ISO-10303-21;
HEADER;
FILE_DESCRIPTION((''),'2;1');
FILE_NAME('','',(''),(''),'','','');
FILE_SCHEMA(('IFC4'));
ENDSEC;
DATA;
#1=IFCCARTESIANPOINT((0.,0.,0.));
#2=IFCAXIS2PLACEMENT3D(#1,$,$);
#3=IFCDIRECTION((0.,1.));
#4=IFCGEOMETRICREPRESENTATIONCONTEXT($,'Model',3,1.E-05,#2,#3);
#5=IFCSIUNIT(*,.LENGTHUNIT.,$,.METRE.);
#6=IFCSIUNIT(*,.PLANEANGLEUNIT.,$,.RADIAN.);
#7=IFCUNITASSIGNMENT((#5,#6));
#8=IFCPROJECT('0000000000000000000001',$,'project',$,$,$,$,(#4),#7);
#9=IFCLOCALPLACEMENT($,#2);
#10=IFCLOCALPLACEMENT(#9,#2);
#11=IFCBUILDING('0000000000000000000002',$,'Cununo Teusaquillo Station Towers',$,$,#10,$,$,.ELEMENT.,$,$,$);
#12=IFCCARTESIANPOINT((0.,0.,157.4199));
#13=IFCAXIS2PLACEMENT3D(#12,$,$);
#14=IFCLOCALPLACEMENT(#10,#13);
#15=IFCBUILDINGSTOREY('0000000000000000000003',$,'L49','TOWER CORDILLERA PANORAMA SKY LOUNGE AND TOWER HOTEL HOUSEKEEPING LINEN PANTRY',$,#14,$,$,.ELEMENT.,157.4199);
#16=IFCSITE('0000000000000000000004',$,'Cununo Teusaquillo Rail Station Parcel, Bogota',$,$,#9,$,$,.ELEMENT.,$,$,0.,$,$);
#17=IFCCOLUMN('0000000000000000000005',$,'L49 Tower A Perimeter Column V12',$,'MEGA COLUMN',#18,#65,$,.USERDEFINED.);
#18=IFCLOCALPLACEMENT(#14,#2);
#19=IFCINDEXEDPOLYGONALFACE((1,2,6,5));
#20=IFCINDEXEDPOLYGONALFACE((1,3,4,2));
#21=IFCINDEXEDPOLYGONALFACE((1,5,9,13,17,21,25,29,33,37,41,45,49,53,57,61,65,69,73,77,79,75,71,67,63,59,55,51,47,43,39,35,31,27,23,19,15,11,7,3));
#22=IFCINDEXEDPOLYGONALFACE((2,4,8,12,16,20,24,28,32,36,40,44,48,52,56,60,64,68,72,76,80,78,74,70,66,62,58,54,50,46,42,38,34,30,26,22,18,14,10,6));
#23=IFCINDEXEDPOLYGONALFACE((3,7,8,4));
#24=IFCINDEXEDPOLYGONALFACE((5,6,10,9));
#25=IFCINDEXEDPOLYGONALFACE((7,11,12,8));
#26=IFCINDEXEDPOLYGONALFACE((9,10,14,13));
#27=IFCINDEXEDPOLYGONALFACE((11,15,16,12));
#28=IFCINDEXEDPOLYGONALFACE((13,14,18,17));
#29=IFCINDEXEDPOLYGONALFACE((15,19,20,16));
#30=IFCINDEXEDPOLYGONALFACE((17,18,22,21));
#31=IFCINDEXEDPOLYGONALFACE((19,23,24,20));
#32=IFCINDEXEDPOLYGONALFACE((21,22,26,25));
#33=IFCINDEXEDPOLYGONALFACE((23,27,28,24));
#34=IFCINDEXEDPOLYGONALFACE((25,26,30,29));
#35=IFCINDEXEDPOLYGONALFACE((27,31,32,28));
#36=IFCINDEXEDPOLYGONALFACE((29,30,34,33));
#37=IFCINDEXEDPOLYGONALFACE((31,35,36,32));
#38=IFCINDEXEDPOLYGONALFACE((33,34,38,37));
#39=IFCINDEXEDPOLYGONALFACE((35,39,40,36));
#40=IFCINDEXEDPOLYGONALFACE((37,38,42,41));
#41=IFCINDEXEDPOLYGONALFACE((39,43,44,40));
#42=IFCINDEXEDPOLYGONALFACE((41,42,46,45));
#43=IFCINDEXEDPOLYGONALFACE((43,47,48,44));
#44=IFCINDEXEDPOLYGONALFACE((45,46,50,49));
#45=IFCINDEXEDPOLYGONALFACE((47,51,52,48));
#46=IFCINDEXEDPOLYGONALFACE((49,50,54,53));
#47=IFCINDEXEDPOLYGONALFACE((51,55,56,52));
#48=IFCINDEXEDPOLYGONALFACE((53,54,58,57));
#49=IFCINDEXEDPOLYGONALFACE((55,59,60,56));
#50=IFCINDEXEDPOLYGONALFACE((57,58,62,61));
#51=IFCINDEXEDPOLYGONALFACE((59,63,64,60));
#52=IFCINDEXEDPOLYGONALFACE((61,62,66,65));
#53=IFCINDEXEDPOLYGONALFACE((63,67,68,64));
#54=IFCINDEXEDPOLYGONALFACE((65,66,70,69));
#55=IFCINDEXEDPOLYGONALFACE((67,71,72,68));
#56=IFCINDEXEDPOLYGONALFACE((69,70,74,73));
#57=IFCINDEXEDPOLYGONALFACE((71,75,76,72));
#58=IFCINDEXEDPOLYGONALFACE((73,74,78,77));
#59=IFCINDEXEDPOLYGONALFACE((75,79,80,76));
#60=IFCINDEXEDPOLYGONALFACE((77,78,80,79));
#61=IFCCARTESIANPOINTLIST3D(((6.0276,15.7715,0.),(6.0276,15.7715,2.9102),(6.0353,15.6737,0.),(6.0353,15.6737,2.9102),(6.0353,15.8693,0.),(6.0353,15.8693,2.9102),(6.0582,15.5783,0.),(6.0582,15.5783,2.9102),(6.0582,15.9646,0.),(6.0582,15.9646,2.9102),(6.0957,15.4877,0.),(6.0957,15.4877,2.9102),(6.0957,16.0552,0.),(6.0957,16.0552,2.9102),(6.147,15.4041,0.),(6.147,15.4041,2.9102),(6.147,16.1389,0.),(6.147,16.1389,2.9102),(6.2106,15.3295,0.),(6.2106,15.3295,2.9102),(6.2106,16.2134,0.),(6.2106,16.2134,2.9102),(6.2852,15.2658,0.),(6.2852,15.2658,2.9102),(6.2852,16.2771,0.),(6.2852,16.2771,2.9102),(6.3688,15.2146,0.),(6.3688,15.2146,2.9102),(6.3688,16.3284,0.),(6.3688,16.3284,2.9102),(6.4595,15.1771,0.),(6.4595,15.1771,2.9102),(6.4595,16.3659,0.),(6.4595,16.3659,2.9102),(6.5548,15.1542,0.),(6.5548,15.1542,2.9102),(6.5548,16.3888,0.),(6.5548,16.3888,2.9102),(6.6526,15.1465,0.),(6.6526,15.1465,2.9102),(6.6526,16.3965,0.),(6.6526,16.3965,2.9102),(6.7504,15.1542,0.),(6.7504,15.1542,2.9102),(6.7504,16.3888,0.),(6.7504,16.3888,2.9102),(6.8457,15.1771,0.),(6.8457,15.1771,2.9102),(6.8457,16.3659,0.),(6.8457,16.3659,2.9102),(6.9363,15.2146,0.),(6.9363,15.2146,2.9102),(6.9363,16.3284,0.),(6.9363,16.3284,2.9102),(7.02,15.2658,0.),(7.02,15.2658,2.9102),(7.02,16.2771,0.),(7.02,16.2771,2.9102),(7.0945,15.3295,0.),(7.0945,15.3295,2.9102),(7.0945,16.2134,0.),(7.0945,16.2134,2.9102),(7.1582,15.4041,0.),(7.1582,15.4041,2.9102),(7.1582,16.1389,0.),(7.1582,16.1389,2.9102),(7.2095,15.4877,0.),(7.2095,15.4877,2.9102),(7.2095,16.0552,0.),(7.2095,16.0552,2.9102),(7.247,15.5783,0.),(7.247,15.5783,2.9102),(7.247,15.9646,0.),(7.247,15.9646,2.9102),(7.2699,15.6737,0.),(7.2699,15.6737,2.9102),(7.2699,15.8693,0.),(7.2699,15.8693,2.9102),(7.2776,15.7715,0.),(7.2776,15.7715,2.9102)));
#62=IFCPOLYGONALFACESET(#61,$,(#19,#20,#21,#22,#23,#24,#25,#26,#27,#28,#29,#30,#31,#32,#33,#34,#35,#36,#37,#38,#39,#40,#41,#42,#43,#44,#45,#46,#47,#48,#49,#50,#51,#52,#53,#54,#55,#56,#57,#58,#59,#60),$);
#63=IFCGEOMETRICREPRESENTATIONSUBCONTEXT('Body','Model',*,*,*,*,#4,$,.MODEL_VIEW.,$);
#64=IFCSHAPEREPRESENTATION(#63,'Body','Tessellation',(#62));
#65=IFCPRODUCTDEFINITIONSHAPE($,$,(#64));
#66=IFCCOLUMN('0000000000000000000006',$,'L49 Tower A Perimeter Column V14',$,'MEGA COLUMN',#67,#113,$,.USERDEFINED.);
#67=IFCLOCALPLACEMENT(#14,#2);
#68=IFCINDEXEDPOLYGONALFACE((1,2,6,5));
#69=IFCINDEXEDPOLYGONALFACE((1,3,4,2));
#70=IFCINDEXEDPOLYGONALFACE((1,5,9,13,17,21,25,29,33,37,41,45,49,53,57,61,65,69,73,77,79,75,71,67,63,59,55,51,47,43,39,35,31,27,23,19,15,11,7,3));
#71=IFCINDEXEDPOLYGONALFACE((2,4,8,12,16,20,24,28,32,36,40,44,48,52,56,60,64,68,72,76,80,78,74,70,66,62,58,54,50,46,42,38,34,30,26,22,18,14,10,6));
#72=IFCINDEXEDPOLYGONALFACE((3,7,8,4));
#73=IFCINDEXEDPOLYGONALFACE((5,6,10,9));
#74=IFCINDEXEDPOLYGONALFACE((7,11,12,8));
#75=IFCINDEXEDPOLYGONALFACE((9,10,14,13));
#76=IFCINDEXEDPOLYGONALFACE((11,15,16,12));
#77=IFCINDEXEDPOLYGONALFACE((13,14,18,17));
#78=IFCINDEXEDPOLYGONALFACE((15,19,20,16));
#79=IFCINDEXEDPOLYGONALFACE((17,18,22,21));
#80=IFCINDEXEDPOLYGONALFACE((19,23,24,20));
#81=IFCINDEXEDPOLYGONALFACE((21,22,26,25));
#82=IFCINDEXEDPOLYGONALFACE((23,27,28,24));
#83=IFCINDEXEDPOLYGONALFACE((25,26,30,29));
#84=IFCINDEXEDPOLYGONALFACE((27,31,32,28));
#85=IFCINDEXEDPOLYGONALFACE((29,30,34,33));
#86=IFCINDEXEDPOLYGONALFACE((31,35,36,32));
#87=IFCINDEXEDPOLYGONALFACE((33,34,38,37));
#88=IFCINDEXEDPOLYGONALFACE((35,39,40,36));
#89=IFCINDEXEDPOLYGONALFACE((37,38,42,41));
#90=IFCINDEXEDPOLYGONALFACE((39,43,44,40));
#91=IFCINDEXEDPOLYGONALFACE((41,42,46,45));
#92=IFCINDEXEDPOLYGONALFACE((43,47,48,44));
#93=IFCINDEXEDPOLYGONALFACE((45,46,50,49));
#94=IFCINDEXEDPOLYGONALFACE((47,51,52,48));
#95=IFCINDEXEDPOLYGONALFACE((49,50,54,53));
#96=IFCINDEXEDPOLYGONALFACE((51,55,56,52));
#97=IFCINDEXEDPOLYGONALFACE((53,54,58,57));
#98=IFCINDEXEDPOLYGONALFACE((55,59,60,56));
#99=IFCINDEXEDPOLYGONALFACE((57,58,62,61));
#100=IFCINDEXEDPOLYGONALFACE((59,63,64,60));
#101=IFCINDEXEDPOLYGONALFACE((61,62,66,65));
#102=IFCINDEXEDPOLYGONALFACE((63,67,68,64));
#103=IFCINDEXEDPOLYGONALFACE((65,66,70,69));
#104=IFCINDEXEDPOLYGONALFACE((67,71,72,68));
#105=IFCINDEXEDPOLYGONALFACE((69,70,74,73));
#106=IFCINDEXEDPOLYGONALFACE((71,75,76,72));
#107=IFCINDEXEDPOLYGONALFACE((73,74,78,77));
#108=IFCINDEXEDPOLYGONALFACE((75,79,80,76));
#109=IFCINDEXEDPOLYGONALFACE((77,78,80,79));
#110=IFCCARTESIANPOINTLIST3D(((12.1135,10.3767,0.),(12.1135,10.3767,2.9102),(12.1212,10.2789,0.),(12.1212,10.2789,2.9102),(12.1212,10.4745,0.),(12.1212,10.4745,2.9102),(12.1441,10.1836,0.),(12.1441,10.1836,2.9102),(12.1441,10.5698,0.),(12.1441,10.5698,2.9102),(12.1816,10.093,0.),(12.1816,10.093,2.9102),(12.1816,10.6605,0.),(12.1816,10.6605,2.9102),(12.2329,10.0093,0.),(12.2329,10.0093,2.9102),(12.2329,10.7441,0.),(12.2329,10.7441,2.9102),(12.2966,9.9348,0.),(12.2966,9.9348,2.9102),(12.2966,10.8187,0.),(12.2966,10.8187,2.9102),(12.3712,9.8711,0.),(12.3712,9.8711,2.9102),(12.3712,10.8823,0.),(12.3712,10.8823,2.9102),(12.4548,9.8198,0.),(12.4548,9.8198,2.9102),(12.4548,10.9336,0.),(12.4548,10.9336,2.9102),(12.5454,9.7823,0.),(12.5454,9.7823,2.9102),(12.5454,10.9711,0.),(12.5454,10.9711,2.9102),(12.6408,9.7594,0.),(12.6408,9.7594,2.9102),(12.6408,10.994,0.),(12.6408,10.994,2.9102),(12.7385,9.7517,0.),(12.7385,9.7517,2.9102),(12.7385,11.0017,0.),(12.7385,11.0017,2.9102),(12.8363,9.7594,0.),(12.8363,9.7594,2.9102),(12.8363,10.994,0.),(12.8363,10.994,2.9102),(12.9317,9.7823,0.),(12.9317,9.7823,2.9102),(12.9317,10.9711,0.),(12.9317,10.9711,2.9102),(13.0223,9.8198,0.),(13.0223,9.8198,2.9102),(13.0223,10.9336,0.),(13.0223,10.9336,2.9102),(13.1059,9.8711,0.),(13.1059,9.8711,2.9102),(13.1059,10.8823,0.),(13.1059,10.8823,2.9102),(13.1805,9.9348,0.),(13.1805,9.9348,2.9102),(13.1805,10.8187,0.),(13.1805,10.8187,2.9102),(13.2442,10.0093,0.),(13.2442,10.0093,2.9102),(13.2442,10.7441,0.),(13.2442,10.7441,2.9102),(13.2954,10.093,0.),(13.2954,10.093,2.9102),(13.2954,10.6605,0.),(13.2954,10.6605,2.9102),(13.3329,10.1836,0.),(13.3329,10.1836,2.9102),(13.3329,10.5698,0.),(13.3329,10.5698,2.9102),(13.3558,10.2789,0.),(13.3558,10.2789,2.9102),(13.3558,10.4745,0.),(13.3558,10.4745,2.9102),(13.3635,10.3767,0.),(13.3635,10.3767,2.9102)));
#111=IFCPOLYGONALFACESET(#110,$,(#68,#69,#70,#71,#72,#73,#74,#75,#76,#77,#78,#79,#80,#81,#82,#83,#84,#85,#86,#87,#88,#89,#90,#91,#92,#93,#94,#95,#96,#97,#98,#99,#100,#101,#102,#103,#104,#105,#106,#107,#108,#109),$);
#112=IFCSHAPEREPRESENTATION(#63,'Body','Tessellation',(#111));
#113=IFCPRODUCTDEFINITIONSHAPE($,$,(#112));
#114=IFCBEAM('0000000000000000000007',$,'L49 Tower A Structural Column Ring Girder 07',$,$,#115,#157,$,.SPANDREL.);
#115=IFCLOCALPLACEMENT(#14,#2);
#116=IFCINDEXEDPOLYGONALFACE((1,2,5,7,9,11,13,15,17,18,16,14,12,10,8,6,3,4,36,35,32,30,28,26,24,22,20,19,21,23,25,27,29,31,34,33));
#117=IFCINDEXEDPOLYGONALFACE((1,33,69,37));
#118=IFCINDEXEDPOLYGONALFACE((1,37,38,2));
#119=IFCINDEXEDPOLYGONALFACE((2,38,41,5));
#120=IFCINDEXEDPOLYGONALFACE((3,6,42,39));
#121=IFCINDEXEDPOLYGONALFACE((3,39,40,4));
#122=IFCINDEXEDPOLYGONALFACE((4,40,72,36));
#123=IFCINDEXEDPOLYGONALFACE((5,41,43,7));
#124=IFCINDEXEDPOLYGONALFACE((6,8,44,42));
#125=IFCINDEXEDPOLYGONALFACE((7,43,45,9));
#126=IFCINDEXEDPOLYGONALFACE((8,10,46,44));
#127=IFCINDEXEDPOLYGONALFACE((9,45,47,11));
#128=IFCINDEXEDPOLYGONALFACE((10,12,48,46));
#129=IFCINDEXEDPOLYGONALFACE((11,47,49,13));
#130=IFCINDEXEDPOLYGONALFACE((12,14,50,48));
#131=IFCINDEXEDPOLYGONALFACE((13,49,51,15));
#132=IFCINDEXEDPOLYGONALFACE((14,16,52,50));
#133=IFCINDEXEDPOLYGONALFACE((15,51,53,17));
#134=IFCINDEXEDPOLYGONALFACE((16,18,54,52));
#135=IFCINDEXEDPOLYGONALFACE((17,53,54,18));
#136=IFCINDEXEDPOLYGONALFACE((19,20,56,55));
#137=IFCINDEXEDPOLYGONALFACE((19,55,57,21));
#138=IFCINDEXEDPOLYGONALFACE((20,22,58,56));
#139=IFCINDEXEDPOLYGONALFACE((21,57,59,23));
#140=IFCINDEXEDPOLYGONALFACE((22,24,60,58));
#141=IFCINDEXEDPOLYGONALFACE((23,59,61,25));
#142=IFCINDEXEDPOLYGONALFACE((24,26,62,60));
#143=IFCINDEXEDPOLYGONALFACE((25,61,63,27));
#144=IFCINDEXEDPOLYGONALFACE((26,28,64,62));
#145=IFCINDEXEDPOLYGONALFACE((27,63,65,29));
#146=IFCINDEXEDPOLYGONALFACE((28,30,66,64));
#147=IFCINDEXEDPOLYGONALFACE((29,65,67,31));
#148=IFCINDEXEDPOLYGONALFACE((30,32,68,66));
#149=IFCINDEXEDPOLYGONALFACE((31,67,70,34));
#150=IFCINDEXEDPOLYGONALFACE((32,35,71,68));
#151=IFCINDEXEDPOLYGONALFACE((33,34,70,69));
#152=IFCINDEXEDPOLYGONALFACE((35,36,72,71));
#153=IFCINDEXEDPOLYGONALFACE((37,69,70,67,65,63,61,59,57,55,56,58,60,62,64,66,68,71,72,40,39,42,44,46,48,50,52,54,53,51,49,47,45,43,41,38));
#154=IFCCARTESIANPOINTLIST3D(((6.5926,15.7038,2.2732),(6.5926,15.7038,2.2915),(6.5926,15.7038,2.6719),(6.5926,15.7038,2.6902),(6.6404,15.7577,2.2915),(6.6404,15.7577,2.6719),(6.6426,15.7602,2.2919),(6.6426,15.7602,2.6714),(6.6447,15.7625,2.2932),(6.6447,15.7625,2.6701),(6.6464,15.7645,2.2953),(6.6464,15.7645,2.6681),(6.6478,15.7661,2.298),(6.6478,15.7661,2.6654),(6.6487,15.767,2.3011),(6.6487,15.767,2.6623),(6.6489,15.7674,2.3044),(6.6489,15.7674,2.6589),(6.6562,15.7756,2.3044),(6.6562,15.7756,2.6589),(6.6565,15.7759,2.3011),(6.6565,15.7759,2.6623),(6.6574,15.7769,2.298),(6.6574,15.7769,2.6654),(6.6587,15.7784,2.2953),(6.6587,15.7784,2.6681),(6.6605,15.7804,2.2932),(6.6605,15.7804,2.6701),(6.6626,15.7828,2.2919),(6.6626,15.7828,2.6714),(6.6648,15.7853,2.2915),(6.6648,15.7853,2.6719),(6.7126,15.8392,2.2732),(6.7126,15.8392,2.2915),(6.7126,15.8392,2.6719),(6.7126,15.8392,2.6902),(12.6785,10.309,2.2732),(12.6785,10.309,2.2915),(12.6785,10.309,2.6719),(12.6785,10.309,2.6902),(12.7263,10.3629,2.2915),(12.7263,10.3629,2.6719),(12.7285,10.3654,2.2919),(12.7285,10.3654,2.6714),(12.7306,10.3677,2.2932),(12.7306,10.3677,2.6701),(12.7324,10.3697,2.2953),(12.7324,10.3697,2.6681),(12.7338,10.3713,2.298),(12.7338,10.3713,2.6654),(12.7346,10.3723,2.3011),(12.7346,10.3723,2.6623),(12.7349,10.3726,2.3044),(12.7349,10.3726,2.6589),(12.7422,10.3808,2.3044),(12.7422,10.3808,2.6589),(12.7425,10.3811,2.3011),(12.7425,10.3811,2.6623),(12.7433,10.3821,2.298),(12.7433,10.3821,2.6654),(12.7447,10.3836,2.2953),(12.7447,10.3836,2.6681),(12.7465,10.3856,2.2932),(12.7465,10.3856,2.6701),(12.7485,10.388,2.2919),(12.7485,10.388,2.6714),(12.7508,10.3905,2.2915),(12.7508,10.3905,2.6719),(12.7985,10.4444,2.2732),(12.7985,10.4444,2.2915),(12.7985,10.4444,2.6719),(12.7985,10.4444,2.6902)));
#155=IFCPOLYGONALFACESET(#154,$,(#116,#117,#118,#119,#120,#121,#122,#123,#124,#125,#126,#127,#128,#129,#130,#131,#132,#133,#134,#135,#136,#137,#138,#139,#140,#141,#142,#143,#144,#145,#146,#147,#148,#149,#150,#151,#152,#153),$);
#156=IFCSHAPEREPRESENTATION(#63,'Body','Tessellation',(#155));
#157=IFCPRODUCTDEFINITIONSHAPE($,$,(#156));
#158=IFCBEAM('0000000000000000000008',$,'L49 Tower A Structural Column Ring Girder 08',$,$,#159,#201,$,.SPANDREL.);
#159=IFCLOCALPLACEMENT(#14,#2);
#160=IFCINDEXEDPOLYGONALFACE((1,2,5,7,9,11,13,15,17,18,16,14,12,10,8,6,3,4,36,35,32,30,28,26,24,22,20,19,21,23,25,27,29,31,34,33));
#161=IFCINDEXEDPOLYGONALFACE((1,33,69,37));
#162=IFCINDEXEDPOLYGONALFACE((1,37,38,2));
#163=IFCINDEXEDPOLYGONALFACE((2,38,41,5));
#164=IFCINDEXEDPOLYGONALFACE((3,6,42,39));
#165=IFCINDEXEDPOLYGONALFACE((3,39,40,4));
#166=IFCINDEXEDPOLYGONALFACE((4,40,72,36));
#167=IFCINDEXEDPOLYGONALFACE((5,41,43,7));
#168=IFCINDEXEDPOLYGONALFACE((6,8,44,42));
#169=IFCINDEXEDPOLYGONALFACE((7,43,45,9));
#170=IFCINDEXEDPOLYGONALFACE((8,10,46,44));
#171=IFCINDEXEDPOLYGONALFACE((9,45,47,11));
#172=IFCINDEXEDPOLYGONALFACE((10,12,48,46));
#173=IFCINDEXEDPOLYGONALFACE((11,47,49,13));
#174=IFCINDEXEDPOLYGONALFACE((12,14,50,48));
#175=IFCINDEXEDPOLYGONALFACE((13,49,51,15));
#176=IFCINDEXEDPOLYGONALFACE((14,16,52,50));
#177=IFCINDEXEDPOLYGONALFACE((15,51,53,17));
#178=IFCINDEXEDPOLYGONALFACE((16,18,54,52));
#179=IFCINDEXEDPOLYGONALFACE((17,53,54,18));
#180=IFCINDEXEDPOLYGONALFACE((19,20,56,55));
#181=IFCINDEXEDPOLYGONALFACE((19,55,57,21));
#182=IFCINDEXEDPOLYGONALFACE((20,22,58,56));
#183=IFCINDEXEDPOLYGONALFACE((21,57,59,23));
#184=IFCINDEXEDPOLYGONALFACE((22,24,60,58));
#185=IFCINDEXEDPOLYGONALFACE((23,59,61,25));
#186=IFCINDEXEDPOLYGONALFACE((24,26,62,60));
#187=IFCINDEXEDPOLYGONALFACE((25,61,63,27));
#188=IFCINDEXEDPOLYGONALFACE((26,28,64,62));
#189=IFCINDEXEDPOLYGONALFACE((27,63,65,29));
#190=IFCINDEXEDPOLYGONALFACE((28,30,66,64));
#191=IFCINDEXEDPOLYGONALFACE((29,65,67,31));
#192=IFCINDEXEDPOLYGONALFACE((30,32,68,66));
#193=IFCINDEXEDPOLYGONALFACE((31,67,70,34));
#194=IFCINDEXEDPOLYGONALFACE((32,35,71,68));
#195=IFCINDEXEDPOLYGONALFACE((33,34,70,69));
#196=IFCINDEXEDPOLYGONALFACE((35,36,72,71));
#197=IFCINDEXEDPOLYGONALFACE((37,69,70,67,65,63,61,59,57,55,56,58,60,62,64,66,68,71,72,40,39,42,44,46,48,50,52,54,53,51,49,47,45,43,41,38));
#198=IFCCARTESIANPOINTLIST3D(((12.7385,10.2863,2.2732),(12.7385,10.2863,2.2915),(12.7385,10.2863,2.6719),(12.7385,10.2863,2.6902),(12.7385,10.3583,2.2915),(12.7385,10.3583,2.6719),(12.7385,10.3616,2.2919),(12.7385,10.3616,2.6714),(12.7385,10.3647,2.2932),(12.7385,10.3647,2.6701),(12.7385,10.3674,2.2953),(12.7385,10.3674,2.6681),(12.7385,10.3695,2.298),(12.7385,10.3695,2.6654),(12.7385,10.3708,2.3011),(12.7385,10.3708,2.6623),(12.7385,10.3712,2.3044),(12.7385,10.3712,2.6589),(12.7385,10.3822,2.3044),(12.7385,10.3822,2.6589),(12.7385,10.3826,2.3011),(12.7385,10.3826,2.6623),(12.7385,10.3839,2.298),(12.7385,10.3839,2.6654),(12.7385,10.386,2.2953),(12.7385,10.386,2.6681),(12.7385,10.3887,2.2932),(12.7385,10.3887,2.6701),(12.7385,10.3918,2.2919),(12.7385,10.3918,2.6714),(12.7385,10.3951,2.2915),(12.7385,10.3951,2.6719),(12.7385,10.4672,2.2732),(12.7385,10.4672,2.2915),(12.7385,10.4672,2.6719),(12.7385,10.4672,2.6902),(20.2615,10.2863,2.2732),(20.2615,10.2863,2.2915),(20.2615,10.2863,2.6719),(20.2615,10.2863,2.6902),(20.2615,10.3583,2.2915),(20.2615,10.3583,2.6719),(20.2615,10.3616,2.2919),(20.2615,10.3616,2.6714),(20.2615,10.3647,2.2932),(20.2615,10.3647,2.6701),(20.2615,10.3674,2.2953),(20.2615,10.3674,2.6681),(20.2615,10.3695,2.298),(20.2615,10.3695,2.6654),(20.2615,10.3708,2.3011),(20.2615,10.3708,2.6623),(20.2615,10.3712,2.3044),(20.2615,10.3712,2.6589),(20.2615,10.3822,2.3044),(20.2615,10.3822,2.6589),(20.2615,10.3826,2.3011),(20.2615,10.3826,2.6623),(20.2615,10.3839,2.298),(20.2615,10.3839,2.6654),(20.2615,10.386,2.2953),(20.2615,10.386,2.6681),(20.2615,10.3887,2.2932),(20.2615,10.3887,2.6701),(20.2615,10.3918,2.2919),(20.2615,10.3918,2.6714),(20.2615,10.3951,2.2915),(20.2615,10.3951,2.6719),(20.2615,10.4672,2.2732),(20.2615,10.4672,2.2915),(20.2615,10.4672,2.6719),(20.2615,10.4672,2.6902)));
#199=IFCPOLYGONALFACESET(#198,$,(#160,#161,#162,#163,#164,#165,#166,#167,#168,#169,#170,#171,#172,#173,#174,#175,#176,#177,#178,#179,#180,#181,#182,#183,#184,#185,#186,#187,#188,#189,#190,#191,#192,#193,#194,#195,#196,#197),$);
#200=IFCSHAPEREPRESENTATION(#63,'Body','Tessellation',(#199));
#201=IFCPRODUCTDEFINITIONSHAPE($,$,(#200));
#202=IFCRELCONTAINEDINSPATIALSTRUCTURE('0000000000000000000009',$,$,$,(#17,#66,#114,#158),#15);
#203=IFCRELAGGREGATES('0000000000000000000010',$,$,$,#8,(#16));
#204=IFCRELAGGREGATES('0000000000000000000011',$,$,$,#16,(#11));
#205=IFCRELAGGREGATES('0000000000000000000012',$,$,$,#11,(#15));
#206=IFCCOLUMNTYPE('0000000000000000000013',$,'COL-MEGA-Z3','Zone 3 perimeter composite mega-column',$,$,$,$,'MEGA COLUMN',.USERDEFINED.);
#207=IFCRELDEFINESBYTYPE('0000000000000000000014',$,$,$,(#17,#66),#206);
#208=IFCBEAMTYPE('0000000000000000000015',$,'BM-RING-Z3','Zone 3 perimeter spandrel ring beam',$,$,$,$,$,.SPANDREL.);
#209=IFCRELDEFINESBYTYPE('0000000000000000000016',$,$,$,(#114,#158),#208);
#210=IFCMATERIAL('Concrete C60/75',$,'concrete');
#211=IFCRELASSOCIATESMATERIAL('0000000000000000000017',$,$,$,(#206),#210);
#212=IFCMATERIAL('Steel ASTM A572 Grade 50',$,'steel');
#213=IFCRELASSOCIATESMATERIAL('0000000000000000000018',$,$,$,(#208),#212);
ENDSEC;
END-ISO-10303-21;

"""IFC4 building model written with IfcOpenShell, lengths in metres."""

from ifc_helpers import new_model, si_unit, direction, frame, origin, origin_2d, place, context, subcontext, project, spatial, circle, i_section, extrude, material, material_profile, profile_set, type_object, element, save


model = new_model("IFC4")

# Units and contexts
model_context = context("Model", 3, precision=1e-05, world=origin(), true_north=direction((0.0, 1.0)))
body_context = subcontext(model_context, "Body", "Model", "MODEL_VIEW")
ifc_project = project(units=[si_unit("LENGTHUNIT", "METRE"), si_unit("PLANEANGLEUNIT", "RADIAN")], contexts=[model_context])

# Site, building, storey
site_placement = place(None, origin())
site = spatial("IfcSite", under=ifc_project, at=site_placement, Name="Cununo Teusaquillo Rail Station Parcel, Bogota", CompositionType="ELEMENT", RefElevation=0.0)
building_placement = place(site_placement, origin())
building = spatial("IfcBuilding", under=site, at=building_placement, Name="Cununo Teusaquillo Station Towers", CompositionType="ELEMENT")
storey_placement = place(building_placement, frame((0.0, 0.0, 157.4199)))
storey = spatial("IfcBuildingStorey", under=building, at=storey_placement, Name="L49", Description="TOWER CORDILLERA PANORAMA SKY LOUNGE AND TOWER HOTEL HOUSEKEEPING LINEN PANTRY", CompositionType="ELEMENT", Elevation=157.4199)

# Columns
ifc_material_1 = material(Name="Concrete C60/75", Category="concrete")
ifc_material_profile_1 = material_profile(ifc_material_1, circle(Radius=0.625, at=origin_2d()), Name="RC-CIRC-1250")
ifc_profile_set_1 = profile_set([ifc_material_profile_1], Name="Concrete C60/75")
column_type = type_object("IfcColumnType", Name="COL-MEGA-Z3", Description="Zone 3 perimeter composite mega-column", ElementType="MEGA COLUMN", PredefinedType="USERDEFINED", material=ifc_profile_set_1)
for number, where, z_axis, x_axis, name in (
    (1, (6.6526, 15.7715, 0.0), (0.0, 0.0, 1.0), (1.0, 0.0, 0.0), "L49 Tower A Perimeter Column V12"),
    (2, (12.7385, 10.3767, 0.0), (0.0, 0.0, 1.0), (1.0, 0.0, 0.0), "L49 Tower A Perimeter Column V14"),
):
    element("IfcColumn", number, at=place(storey_placement, frame(where, z_axis=z_axis, x_axis=x_axis)), inside=storey, type_object=column_type, Name=name, ObjectType="MEGA COLUMN", PredefinedType="USERDEFINED", context=body_context, shape_type="SweptSolid", body=[
        extrude(circle(Radius=0.625, at=origin_2d()), origin(), (0.0, 0.0, 1.0), 2.9102),
    ])

# Beams
ifc_material_2 = material(Name="Steel ASTM A572 Grade 50", Category="steel")
ifc_material_profile_2 = material_profile(ifc_material_2, i_section(OverallWidth=0.1809, OverallDepth=0.417, WebThickness=0.011, FlangeThickness=0.0183, FilletRadius=0.0129, at=origin_2d()), Name="W16X57")
ifc_profile_set_2 = profile_set([ifc_material_profile_2], Name="Steel ASTM A572 Grade 50")
beam_type_1 = type_object("IfcBeamType", Name="BM-RING-Z3", Description="Zone 3 perimeter spandrel ring beam", PredefinedType="SPANDREL", material=ifc_profile_set_2)
beam_1_placement = place(storey_placement, frame((6.6526, 15.7715, 2.4817), z_axis=(0.748321, -0.663337, 0.0), x_axis=(0.663337, 0.748321, 0.0)))
element("IfcBeam", 3, at=beam_1_placement, inside=storey, type_object=beam_type_1, Name="L49 Tower A Structural Column Ring Girder 07", PredefinedType="SPANDREL", context=body_context, shape_type="SweptSolid", body=[
    extrude(i_section(OverallWidth=0.1809, OverallDepth=0.417, WebThickness=0.011, FlangeThickness=0.0183, FilletRadius=0.0129, at=origin_2d()), origin(), (0.0, 0.0, 1.0), 8.1328),
])
beam_2_placement = place(storey_placement, frame((12.7385, 10.3767, 2.4817), z_axis=(1.0, 0.0, 0.0), x_axis=(0.0, 1.0, 0.0)))
element("IfcBeam", 4, at=beam_2_placement, inside=storey, type_object=beam_type_1, Name="L49 Tower A Structural Column Ring Girder 08", PredefinedType="SPANDREL", context=body_context, shape_type="SweptSolid", body=[
    extrude(i_section(OverallWidth=0.1809, OverallDepth=0.417, WebThickness=0.011, FlangeThickness=0.0183, FilletRadius=0.0129, at=origin_2d()), origin(), (0.0, 0.0, 1.0), 7.5229),
])

save(model, "model.ifc")
